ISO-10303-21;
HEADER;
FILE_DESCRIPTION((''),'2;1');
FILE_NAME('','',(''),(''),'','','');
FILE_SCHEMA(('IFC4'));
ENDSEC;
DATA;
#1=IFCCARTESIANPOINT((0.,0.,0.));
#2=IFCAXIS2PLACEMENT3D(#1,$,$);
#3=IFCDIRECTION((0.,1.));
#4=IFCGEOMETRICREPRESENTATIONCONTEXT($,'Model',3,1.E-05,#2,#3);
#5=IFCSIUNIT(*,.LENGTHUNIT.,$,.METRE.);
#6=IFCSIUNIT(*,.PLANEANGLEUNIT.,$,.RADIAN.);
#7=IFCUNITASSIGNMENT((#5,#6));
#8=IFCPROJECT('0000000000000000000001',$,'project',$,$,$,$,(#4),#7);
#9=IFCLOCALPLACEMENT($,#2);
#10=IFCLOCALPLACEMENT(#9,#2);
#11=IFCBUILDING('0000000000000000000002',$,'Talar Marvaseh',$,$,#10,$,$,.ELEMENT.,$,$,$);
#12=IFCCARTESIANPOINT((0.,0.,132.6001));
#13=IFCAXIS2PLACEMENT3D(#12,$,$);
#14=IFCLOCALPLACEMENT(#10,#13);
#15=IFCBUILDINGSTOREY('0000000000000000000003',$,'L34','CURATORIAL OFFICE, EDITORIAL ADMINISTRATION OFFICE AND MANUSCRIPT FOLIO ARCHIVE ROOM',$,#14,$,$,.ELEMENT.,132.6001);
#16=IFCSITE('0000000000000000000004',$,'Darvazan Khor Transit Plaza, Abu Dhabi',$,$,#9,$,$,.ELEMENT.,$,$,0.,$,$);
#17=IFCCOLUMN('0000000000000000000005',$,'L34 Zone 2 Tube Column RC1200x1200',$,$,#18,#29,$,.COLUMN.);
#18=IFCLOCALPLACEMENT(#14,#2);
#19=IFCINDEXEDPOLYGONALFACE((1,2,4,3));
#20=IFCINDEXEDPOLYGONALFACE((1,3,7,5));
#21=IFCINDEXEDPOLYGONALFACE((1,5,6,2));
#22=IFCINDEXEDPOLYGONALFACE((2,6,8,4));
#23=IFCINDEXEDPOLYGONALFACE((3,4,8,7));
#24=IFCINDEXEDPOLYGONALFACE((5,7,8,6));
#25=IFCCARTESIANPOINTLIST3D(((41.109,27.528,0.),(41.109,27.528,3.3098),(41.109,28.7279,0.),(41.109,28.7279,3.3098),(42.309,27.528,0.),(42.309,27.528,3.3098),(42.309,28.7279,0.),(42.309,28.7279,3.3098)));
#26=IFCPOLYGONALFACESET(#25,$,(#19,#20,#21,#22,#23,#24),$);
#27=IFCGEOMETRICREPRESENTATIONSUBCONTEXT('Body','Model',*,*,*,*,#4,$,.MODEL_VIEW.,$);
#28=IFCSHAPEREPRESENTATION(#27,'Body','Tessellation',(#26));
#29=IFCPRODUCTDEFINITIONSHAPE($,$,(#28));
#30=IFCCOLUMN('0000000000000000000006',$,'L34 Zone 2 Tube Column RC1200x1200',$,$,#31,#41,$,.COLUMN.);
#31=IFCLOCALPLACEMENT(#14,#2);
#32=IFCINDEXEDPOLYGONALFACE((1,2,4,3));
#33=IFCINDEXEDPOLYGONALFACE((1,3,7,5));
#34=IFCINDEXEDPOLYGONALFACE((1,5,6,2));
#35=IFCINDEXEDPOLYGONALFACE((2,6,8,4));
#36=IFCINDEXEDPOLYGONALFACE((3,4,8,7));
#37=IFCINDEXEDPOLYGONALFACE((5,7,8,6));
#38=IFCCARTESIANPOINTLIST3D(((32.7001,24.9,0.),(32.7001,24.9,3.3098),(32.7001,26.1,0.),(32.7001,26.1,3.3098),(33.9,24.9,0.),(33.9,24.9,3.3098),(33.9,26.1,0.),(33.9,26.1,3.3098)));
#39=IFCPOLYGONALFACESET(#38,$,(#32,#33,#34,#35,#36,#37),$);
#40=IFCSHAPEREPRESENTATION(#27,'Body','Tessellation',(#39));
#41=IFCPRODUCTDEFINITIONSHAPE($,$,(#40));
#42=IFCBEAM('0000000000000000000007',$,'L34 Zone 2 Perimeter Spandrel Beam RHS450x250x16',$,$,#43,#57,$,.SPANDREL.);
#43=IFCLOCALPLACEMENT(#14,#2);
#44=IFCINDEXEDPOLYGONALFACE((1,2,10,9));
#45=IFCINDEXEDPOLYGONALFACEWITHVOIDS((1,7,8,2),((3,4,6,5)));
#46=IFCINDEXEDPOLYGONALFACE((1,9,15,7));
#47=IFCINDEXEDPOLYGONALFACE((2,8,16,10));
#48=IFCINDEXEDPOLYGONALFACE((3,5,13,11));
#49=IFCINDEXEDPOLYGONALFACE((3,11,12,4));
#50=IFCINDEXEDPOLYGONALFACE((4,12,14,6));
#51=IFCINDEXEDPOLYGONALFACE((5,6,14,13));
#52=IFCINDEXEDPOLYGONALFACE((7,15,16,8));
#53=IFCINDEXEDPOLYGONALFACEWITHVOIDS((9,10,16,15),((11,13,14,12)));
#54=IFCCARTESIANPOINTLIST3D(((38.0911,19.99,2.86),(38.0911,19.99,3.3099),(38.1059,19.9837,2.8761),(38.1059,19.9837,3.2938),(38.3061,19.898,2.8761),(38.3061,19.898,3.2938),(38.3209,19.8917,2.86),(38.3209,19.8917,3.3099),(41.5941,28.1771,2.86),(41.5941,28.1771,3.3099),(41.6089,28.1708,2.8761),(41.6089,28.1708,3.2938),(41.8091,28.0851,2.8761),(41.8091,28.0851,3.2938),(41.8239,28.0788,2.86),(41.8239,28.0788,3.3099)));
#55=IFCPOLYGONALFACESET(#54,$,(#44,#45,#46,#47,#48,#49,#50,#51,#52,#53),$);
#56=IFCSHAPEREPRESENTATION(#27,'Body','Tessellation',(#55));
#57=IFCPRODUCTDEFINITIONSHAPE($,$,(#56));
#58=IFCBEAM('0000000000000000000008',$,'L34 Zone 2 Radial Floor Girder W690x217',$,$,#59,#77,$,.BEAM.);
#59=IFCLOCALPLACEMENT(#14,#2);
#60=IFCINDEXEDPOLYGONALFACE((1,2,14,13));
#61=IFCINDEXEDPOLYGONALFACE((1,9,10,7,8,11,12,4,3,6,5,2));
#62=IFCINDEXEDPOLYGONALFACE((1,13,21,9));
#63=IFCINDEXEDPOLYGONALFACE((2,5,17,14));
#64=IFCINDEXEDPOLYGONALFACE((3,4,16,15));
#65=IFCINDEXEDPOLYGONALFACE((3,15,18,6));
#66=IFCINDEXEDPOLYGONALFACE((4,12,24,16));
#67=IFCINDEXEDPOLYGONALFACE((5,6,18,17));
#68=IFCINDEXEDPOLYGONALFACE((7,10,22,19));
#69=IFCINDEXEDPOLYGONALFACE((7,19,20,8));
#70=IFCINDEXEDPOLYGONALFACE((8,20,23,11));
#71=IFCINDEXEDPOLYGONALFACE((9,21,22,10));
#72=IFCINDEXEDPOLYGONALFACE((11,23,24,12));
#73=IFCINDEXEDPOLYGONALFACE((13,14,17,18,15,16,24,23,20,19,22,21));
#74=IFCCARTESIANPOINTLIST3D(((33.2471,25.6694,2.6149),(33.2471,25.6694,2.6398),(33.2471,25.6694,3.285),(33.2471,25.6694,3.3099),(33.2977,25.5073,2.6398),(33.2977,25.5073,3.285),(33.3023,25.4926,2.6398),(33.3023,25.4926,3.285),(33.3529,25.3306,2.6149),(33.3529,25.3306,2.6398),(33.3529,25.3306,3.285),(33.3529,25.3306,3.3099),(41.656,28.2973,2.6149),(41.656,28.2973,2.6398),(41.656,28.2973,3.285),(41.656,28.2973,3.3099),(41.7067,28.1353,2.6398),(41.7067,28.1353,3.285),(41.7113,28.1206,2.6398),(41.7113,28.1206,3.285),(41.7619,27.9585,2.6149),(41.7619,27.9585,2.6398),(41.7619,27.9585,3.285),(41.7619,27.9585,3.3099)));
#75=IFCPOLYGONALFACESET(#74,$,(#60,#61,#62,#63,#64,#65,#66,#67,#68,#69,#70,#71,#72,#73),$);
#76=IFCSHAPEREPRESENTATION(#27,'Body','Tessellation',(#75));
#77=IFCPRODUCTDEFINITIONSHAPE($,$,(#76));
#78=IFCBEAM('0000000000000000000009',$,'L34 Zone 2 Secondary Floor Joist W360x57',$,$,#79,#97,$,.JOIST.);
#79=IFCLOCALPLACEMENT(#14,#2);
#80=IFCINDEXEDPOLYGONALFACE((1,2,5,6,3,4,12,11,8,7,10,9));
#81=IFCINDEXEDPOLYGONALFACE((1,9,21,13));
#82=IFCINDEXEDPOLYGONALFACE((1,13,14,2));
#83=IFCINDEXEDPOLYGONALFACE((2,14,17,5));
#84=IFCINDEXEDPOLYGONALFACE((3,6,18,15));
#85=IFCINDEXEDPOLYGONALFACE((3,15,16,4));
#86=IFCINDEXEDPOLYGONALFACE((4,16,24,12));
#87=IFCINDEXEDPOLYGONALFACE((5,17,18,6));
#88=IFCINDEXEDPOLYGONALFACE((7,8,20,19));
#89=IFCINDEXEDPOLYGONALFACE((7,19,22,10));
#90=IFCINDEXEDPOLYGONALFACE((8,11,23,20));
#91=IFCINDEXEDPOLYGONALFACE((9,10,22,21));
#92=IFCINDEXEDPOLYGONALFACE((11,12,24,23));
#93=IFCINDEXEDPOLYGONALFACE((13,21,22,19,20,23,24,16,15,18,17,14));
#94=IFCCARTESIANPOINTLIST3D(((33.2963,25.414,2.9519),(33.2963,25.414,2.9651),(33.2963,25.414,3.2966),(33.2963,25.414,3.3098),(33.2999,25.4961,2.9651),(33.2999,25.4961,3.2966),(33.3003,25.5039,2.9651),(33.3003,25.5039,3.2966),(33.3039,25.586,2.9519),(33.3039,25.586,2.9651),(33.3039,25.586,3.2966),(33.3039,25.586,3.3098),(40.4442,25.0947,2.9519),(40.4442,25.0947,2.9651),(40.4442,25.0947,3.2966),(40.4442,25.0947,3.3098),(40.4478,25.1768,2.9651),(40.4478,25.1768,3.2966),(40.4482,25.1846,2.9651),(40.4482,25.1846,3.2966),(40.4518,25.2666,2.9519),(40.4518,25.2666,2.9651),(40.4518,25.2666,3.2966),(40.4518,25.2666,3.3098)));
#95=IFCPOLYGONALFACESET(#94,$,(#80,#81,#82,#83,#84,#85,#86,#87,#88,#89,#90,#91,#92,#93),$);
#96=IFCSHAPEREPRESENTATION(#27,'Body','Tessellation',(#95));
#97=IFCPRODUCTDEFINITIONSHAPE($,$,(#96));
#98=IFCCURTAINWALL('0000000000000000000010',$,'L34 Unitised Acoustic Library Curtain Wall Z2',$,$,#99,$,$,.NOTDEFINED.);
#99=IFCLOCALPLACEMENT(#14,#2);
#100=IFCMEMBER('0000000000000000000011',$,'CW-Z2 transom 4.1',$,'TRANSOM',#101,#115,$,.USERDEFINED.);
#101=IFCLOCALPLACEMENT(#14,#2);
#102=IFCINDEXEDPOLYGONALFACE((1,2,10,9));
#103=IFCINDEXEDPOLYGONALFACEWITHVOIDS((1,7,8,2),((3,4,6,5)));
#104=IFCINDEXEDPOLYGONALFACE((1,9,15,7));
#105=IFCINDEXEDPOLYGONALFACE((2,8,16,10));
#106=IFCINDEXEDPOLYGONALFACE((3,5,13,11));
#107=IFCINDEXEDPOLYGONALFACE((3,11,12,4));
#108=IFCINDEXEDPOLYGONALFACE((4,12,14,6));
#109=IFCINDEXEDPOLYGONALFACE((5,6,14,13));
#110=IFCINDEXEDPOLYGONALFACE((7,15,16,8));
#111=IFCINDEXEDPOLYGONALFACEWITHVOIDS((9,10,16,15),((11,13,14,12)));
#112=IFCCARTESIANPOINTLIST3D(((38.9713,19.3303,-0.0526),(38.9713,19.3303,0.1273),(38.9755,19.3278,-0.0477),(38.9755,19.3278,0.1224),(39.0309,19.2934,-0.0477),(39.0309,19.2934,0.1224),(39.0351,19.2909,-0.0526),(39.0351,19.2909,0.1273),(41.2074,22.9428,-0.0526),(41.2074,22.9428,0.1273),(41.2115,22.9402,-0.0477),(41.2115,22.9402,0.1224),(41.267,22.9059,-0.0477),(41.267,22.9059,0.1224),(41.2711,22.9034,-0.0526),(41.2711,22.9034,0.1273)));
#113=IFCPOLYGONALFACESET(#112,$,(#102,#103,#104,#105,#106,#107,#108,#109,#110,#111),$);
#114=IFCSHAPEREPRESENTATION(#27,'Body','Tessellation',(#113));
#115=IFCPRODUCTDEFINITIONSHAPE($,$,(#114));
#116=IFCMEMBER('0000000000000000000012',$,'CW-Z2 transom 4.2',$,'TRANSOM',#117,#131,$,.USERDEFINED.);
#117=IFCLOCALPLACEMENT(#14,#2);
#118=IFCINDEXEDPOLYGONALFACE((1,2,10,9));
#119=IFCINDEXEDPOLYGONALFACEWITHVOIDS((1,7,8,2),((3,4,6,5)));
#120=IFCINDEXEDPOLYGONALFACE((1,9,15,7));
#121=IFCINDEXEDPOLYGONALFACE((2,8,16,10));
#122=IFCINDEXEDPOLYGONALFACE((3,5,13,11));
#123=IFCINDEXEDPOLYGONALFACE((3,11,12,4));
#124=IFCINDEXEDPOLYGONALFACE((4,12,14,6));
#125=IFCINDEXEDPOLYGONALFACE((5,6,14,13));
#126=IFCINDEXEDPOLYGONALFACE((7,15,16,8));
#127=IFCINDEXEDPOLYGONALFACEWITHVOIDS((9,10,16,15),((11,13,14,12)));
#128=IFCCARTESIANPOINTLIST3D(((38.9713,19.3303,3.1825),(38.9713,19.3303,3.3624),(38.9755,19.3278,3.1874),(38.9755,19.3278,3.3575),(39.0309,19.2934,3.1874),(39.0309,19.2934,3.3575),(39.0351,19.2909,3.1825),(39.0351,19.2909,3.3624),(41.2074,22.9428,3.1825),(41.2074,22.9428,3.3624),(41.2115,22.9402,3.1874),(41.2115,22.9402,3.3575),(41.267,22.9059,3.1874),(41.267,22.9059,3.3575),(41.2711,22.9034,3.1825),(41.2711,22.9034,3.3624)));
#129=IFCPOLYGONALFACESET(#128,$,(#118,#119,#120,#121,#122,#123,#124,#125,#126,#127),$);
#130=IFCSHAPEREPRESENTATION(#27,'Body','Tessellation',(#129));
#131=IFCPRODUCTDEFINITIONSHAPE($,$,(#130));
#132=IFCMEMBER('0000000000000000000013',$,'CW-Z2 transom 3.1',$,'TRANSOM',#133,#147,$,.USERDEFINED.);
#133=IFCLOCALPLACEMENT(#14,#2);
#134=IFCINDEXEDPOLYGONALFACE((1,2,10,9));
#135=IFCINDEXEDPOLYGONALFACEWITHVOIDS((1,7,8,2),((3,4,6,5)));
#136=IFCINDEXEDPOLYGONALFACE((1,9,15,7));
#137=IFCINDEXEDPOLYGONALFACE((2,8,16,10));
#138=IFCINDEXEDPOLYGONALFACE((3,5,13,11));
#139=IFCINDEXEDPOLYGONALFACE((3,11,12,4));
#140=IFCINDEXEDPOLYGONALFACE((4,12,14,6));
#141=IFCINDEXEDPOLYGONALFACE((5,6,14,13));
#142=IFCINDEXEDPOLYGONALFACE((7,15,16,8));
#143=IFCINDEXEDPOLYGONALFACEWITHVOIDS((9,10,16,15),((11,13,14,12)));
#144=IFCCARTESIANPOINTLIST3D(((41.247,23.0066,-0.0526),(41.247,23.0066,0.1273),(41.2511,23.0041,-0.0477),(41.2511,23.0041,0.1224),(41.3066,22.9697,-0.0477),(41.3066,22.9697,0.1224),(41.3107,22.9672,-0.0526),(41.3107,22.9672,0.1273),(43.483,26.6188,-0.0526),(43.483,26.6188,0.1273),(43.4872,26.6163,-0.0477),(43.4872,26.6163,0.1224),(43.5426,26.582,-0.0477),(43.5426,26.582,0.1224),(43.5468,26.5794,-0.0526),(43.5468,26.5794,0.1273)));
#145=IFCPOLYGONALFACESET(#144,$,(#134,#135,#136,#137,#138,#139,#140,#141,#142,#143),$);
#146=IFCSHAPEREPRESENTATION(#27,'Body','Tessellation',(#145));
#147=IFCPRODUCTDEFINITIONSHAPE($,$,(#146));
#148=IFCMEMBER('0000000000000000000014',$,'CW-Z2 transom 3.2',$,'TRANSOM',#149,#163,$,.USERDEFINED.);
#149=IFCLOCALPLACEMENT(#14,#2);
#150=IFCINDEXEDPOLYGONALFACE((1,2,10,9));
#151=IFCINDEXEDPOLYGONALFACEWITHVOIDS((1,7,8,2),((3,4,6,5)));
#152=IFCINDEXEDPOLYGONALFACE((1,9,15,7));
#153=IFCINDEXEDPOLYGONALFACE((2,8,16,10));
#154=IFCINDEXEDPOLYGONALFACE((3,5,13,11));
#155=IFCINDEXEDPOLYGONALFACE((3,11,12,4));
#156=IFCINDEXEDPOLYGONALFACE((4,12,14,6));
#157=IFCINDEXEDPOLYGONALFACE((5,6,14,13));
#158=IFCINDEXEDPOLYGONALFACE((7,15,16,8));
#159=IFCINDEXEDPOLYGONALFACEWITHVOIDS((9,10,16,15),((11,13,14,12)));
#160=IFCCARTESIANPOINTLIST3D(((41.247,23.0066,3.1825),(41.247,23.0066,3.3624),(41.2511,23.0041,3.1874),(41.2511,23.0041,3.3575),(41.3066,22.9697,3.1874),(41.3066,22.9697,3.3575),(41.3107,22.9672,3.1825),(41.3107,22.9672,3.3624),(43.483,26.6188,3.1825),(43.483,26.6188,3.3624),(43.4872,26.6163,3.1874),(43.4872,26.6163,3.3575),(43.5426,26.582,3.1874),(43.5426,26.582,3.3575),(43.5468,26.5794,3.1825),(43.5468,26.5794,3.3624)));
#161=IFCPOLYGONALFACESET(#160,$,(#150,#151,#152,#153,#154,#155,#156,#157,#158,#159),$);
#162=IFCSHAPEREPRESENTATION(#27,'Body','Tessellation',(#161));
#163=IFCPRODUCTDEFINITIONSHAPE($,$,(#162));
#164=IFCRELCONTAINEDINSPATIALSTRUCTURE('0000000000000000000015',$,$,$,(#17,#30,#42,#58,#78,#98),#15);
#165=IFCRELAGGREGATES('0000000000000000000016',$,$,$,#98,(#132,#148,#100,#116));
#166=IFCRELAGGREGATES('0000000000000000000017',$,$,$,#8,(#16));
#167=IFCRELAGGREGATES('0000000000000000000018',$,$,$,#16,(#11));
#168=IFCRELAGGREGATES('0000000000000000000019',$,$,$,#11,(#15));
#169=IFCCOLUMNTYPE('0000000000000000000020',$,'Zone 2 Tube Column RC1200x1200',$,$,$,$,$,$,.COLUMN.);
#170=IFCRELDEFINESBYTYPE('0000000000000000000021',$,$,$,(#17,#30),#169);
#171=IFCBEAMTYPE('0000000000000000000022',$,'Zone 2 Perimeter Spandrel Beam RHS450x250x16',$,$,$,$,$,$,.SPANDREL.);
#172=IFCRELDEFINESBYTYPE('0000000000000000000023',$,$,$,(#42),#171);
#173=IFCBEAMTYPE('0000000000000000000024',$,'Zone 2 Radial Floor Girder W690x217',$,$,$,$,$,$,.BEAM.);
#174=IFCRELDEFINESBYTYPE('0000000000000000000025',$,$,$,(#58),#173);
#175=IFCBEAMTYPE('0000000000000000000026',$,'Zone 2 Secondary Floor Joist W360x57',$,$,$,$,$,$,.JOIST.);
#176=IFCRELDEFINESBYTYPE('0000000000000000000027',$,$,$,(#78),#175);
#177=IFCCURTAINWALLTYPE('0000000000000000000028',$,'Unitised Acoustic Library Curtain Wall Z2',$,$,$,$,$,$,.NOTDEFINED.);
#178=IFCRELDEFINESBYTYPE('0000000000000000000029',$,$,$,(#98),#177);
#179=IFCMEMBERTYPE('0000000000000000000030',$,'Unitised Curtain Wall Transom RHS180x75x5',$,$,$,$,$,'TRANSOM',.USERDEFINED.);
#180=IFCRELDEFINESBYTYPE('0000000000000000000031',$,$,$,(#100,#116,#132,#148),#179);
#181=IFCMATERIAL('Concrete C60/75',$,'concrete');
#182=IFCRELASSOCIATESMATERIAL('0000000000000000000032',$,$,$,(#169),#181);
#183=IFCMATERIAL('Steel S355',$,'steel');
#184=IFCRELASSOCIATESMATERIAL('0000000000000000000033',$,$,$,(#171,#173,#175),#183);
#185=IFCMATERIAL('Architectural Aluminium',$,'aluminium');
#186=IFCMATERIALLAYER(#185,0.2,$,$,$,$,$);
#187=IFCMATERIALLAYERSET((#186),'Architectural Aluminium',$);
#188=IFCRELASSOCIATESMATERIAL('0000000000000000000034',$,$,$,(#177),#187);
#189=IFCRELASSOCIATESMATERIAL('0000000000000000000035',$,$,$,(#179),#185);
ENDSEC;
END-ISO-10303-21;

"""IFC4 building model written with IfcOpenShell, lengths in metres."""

from ifc_helpers import new_model, si_unit, direction, frame, origin, origin_2d, place, context, subcontext, project, spatial, rectangle, hollow_rectangle, i_section, extrude, source, transform, mapped, material, layer, layer_set, material_profile, profile_set, type_object, type_shapes, element, aggregate, save


model = new_model("IFC4")

# Units and contexts
model_context = context("Model", 3, precision=1e-05, world=origin(), true_north=direction((0.0, 1.0)))
body_context = subcontext(model_context, "Body", "Model", "MODEL_VIEW")
ifc_project = project(units=[si_unit("LENGTHUNIT", "METRE"), si_unit("PLANEANGLEUNIT", "RADIAN")], contexts=[model_context])

# Site, building, storey
site_placement = place(None, origin())
site = spatial("IfcSite", under=ifc_project, at=site_placement, Name="Darvazan Khor Transit Plaza, Abu Dhabi", CompositionType="ELEMENT", RefElevation=0.0)
building_placement = place(site_placement, origin())
building = spatial("IfcBuilding", under=site, at=building_placement, Name="Talar Marvaseh", CompositionType="ELEMENT")
storey_placement = place(building_placement, frame((0.0, 0.0, 132.6001)))
storey = spatial("IfcBuildingStorey", under=building, at=storey_placement, Name="L34", Description="CURATORIAL OFFICE, EDITORIAL ADMINISTRATION OFFICE AND MANUSCRIPT FOLIO ARCHIVE ROOM", CompositionType="ELEMENT", Elevation=132.6001)

# Columns
ifc_material_1 = material(Name="Concrete C60/75", Category="concrete")
ifc_material_profile_1 = material_profile(ifc_material_1, rectangle(XDim=1.2, YDim=1.2, at=origin_2d()), Name="RC1200x1200")
ifc_profile_set_1 = profile_set([ifc_material_profile_1], Name="Concrete C60/75")
column_type = type_object("IfcColumnType", Name="Zone 2 Tube Column RC1200x1200", PredefinedType="COLUMN", material=ifc_profile_set_1)
for number, where, z_axis, x_axis, name in (
    (1, (41.709, 28.1279, 0.0), (0.0, 0.0, 1.0), (1.0, 0.0, 0.0), "L34 Zone 2 Tube Column RC1200x1200"),
    (2, (33.3, 25.5, 0.0), (0.0, 0.0, 1.0), (1.0, 0.0, 0.0), "L34 Zone 2 Tube Column RC1200x1200"),
):
    element("IfcColumn", number, at=place(storey_placement, frame(where, z_axis=z_axis, x_axis=x_axis)), inside=storey, type_object=column_type, Name=name, PredefinedType="COLUMN", context=body_context, shape_type="SweptSolid", body=[
        extrude(rectangle(XDim=1.2, YDim=1.2, at=origin_2d()), origin(), (0.0, 0.0, 1.0), 3.3098),
    ])

# Beams
ifc_material_2 = material(Name="Steel S355", Category="steel")
ifc_material_profile_2 = material_profile(ifc_material_2, hollow_rectangle(XDim=0.25, YDim=0.45, WallThickness=0.0161, at=origin_2d()), Name="RHS450x250x16")
ifc_profile_set_2 = profile_set([ifc_material_profile_2], Name="Steel S355")
beam_type_1 = type_object("IfcBeamType", Name="Zone 2 Perimeter Spandrel Beam RHS450x250x16", PredefinedType="SPANDREL", material=ifc_profile_set_2)
beam_1_placement = place(storey_placement, frame((41.709, 28.1279, 3.085), z_axis=(-0.39337, -0.91938, 0.0), x_axis=(0.91938, -0.39337, 0.0)))
element("IfcBeam", 3, at=beam_1_placement, inside=storey, type_object=beam_type_1, Name="L34 Zone 2 Perimeter Spandrel Beam RHS450x250x16", PredefinedType="SPANDREL", context=body_context, shape_type="SweptSolid", body=[
    extrude(hollow_rectangle(XDim=0.25, YDim=0.45, WallThickness=0.0161, at=origin_2d()), origin(), (0.0, 0.0, 1.0), 8.905),
])
ifc_material_profile_3 = material_profile(ifc_material_2, i_section(OverallWidth=0.355, OverallDepth=0.6951, WebThickness=0.0154, FlangeThickness=0.0249, at=origin_2d()), Name="W690x217")
ifc_profile_set_3 = profile_set([ifc_material_profile_3], Name="Steel S355")
beam_type_2 = type_object("IfcBeamType", Name="Zone 2 Radial Floor Girder W690x217", PredefinedType="BEAM", material=ifc_profile_set_3)
beam_2_placement = place(storey_placement, frame((41.709, 28.1279, 2.9624), z_axis=(-0.954476, -0.298289, 0.0), x_axis=(0.298289, -0.954476, 0.0)))
element("IfcBeam", 4, at=beam_2_placement, inside=storey, type_object=beam_type_2, Name="L34 Zone 2 Radial Floor Girder W690x217", PredefinedType="BEAM", context=body_context, shape_type="SweptSolid", body=[
    extrude(i_section(OverallWidth=0.355, OverallDepth=0.6951, WebThickness=0.0154, FlangeThickness=0.0249, at=origin_2d()), origin(), (0.0, 0.0, 1.0), 8.8101),
])
ifc_material_profile_4 = material_profile(ifc_material_2, i_section(OverallWidth=0.1721, OverallDepth=0.3579, WebThickness=0.0078, FlangeThickness=0.0132, at=origin_2d()), Name="W360x57")
ifc_profile_set_4 = profile_set([ifc_material_profile_4], Name="Steel S355")
beam_type_3 = type_object("IfcBeamType", Name="Zone 2 Secondary Floor Joist W360x57", PredefinedType="JOIST", material=ifc_profile_set_4)
beam_3_placement = place(storey_placement, frame((40.448, 25.1807, 3.1309), z_axis=(-0.999004, 0.044631, 0.0), x_axis=(-0.044631, -0.999004, 0.0)))
element("IfcBeam", 5, at=beam_3_placement, inside=storey, type_object=beam_type_3, Name="L34 Zone 2 Secondary Floor Joist W360x57", PredefinedType="JOIST", context=body_context, shape_type="SweptSolid", body=[
    extrude(i_section(OverallWidth=0.1721, OverallDepth=0.3579, WebThickness=0.0078, FlangeThickness=0.0132, at=origin_2d()), origin(), (0.0, 0.0, 1.0), 7.155),
])

# Curtain wall, members
ifc_material_3 = material(Name="Architectural Aluminium", Category="aluminium")
ifc_layer_1 = layer(ifc_material_3, 0.2)
ifc_layer_set_1 = layer_set([ifc_layer_1], Name="Architectural Aluminium")
curtain_wall_type = type_object("IfcCurtainWallType", Name="Unitised Acoustic Library Curtain Wall Z2", PredefinedType="NOTDEFINED", material=ifc_layer_set_1)
curtain_wall_placement = place(storey_placement, origin())
curtain_wall = element("IfcCurtainWall", 6, at=curtain_wall_placement, inside=storey, type_object=curtain_wall_type, Name="L34 Unitised Acoustic Library Curtain Wall Z2", PredefinedType="NOTDEFINED")
ifc_material_profile_5 = material_profile(ifc_material_3, hollow_rectangle(XDim=0.075, YDim=0.1799, WallThickness=0.0049, at=origin_2d()), Name="RHS180x75x5")
ifc_profile_set_5 = profile_set([ifc_material_profile_5], Name="Architectural Aluminium")
member_type_1 = type_object("IfcMemberType", Name="Unitised Curtain Wall Transom RHS180x75x5", ElementType="TRANSOM", PredefinedType="USERDEFINED", material=ifc_profile_set_5)
shared_shape_1 = source(origin(), body_context, "Body", "SweptSolid", [
    extrude(hollow_rectangle(XDim=0.075, YDim=0.1799, WallThickness=0.0049, at=origin_2d()), origin(), (0.0, 0.0, 1.0), 4.2485),
])
member_1_placement = place(storey_placement, frame((41.2393, 22.9231, 0.0374), z_axis=(-0.526311, -0.850292, 0.0), x_axis=(0.850292, -0.526311, 0.0)))
member_1 = element("IfcMember", 7, at=member_1_placement, type_object=member_type_1, Name="CW-Z2 transom 4.1", ObjectType="TRANSOM", PredefinedType="USERDEFINED", context=body_context, shape_type="MappedRepresentation", body=[
    mapped(shared_shape_1, transform((0.0, 0.0, 0.0), x_axis=(1.0, 0.0, 0.0), y_axis=(0.0, 1.0, 0.0), z_axis=(0.0, 0.0, 1.0), scale=1.0)),
])
member_2_placement = place(storey_placement, frame((41.2393, 22.9231, 3.2725), z_axis=(-0.526311, -0.850292, 0.0), x_axis=(0.850292, -0.526311, 0.0)))
member_2 = element("IfcMember", 8, at=member_2_placement, type_object=member_type_1, Name="CW-Z2 transom 4.2", ObjectType="TRANSOM", PredefinedType="USERDEFINED", context=body_context, shape_type="MappedRepresentation", body=[
    mapped(shared_shape_1, transform((0.0, 0.0, 0.0), x_axis=(1.0, 0.0, 0.0), y_axis=(0.0, 1.0, 0.0), z_axis=(0.0, 0.0, 1.0), scale=1.0)),
])
shared_shape_2 = source(origin(), body_context, "Body", "SweptSolid", [
    extrude(hollow_rectangle(XDim=0.075, YDim=0.1799, WallThickness=0.0049, at=origin_2d()), origin(), (0.0, 0.0, 1.0), 4.2483),
])
type_shapes(member_type_1, [shared_shape_1, shared_shape_2])
member_3_placement = place(storey_placement, frame((43.5149, 26.5991, 0.0374), z_axis=(-0.526337, -0.850276, 0.0), x_axis=(0.850276, -0.526337, 0.0)))
member_3 = element("IfcMember", 9, at=member_3_placement, type_object=member_type_1, Name="CW-Z2 transom 3.1", ObjectType="TRANSOM", PredefinedType="USERDEFINED", context=body_context, shape_type="MappedRepresentation", body=[
    mapped(shared_shape_2, transform((0.0, 0.0, 0.0), x_axis=(1.0, 0.0, 0.0), y_axis=(0.0, 1.0, 0.0), z_axis=(0.0, 0.0, 1.0), scale=1.0)),
])
member_4_placement = place(storey_placement, frame((43.5149, 26.5991, 3.2725), z_axis=(-0.526337, -0.850276, 0.0), x_axis=(0.850276, -0.526337, 0.0)))
member_4 = element("IfcMember", 10, at=member_4_placement, type_object=member_type_1, Name="CW-Z2 transom 3.2", ObjectType="TRANSOM", PredefinedType="USERDEFINED", context=body_context, shape_type="MappedRepresentation", body=[
    mapped(shared_shape_2, transform((0.0, 0.0, 0.0), x_axis=(1.0, 0.0, 0.0), y_axis=(0.0, 1.0, 0.0), z_axis=(0.0, 0.0, 1.0), scale=1.0)),
])
aggregate(curtain_wall, [member_3, member_4, member_1, member_2])

save(model, "model.ifc")
